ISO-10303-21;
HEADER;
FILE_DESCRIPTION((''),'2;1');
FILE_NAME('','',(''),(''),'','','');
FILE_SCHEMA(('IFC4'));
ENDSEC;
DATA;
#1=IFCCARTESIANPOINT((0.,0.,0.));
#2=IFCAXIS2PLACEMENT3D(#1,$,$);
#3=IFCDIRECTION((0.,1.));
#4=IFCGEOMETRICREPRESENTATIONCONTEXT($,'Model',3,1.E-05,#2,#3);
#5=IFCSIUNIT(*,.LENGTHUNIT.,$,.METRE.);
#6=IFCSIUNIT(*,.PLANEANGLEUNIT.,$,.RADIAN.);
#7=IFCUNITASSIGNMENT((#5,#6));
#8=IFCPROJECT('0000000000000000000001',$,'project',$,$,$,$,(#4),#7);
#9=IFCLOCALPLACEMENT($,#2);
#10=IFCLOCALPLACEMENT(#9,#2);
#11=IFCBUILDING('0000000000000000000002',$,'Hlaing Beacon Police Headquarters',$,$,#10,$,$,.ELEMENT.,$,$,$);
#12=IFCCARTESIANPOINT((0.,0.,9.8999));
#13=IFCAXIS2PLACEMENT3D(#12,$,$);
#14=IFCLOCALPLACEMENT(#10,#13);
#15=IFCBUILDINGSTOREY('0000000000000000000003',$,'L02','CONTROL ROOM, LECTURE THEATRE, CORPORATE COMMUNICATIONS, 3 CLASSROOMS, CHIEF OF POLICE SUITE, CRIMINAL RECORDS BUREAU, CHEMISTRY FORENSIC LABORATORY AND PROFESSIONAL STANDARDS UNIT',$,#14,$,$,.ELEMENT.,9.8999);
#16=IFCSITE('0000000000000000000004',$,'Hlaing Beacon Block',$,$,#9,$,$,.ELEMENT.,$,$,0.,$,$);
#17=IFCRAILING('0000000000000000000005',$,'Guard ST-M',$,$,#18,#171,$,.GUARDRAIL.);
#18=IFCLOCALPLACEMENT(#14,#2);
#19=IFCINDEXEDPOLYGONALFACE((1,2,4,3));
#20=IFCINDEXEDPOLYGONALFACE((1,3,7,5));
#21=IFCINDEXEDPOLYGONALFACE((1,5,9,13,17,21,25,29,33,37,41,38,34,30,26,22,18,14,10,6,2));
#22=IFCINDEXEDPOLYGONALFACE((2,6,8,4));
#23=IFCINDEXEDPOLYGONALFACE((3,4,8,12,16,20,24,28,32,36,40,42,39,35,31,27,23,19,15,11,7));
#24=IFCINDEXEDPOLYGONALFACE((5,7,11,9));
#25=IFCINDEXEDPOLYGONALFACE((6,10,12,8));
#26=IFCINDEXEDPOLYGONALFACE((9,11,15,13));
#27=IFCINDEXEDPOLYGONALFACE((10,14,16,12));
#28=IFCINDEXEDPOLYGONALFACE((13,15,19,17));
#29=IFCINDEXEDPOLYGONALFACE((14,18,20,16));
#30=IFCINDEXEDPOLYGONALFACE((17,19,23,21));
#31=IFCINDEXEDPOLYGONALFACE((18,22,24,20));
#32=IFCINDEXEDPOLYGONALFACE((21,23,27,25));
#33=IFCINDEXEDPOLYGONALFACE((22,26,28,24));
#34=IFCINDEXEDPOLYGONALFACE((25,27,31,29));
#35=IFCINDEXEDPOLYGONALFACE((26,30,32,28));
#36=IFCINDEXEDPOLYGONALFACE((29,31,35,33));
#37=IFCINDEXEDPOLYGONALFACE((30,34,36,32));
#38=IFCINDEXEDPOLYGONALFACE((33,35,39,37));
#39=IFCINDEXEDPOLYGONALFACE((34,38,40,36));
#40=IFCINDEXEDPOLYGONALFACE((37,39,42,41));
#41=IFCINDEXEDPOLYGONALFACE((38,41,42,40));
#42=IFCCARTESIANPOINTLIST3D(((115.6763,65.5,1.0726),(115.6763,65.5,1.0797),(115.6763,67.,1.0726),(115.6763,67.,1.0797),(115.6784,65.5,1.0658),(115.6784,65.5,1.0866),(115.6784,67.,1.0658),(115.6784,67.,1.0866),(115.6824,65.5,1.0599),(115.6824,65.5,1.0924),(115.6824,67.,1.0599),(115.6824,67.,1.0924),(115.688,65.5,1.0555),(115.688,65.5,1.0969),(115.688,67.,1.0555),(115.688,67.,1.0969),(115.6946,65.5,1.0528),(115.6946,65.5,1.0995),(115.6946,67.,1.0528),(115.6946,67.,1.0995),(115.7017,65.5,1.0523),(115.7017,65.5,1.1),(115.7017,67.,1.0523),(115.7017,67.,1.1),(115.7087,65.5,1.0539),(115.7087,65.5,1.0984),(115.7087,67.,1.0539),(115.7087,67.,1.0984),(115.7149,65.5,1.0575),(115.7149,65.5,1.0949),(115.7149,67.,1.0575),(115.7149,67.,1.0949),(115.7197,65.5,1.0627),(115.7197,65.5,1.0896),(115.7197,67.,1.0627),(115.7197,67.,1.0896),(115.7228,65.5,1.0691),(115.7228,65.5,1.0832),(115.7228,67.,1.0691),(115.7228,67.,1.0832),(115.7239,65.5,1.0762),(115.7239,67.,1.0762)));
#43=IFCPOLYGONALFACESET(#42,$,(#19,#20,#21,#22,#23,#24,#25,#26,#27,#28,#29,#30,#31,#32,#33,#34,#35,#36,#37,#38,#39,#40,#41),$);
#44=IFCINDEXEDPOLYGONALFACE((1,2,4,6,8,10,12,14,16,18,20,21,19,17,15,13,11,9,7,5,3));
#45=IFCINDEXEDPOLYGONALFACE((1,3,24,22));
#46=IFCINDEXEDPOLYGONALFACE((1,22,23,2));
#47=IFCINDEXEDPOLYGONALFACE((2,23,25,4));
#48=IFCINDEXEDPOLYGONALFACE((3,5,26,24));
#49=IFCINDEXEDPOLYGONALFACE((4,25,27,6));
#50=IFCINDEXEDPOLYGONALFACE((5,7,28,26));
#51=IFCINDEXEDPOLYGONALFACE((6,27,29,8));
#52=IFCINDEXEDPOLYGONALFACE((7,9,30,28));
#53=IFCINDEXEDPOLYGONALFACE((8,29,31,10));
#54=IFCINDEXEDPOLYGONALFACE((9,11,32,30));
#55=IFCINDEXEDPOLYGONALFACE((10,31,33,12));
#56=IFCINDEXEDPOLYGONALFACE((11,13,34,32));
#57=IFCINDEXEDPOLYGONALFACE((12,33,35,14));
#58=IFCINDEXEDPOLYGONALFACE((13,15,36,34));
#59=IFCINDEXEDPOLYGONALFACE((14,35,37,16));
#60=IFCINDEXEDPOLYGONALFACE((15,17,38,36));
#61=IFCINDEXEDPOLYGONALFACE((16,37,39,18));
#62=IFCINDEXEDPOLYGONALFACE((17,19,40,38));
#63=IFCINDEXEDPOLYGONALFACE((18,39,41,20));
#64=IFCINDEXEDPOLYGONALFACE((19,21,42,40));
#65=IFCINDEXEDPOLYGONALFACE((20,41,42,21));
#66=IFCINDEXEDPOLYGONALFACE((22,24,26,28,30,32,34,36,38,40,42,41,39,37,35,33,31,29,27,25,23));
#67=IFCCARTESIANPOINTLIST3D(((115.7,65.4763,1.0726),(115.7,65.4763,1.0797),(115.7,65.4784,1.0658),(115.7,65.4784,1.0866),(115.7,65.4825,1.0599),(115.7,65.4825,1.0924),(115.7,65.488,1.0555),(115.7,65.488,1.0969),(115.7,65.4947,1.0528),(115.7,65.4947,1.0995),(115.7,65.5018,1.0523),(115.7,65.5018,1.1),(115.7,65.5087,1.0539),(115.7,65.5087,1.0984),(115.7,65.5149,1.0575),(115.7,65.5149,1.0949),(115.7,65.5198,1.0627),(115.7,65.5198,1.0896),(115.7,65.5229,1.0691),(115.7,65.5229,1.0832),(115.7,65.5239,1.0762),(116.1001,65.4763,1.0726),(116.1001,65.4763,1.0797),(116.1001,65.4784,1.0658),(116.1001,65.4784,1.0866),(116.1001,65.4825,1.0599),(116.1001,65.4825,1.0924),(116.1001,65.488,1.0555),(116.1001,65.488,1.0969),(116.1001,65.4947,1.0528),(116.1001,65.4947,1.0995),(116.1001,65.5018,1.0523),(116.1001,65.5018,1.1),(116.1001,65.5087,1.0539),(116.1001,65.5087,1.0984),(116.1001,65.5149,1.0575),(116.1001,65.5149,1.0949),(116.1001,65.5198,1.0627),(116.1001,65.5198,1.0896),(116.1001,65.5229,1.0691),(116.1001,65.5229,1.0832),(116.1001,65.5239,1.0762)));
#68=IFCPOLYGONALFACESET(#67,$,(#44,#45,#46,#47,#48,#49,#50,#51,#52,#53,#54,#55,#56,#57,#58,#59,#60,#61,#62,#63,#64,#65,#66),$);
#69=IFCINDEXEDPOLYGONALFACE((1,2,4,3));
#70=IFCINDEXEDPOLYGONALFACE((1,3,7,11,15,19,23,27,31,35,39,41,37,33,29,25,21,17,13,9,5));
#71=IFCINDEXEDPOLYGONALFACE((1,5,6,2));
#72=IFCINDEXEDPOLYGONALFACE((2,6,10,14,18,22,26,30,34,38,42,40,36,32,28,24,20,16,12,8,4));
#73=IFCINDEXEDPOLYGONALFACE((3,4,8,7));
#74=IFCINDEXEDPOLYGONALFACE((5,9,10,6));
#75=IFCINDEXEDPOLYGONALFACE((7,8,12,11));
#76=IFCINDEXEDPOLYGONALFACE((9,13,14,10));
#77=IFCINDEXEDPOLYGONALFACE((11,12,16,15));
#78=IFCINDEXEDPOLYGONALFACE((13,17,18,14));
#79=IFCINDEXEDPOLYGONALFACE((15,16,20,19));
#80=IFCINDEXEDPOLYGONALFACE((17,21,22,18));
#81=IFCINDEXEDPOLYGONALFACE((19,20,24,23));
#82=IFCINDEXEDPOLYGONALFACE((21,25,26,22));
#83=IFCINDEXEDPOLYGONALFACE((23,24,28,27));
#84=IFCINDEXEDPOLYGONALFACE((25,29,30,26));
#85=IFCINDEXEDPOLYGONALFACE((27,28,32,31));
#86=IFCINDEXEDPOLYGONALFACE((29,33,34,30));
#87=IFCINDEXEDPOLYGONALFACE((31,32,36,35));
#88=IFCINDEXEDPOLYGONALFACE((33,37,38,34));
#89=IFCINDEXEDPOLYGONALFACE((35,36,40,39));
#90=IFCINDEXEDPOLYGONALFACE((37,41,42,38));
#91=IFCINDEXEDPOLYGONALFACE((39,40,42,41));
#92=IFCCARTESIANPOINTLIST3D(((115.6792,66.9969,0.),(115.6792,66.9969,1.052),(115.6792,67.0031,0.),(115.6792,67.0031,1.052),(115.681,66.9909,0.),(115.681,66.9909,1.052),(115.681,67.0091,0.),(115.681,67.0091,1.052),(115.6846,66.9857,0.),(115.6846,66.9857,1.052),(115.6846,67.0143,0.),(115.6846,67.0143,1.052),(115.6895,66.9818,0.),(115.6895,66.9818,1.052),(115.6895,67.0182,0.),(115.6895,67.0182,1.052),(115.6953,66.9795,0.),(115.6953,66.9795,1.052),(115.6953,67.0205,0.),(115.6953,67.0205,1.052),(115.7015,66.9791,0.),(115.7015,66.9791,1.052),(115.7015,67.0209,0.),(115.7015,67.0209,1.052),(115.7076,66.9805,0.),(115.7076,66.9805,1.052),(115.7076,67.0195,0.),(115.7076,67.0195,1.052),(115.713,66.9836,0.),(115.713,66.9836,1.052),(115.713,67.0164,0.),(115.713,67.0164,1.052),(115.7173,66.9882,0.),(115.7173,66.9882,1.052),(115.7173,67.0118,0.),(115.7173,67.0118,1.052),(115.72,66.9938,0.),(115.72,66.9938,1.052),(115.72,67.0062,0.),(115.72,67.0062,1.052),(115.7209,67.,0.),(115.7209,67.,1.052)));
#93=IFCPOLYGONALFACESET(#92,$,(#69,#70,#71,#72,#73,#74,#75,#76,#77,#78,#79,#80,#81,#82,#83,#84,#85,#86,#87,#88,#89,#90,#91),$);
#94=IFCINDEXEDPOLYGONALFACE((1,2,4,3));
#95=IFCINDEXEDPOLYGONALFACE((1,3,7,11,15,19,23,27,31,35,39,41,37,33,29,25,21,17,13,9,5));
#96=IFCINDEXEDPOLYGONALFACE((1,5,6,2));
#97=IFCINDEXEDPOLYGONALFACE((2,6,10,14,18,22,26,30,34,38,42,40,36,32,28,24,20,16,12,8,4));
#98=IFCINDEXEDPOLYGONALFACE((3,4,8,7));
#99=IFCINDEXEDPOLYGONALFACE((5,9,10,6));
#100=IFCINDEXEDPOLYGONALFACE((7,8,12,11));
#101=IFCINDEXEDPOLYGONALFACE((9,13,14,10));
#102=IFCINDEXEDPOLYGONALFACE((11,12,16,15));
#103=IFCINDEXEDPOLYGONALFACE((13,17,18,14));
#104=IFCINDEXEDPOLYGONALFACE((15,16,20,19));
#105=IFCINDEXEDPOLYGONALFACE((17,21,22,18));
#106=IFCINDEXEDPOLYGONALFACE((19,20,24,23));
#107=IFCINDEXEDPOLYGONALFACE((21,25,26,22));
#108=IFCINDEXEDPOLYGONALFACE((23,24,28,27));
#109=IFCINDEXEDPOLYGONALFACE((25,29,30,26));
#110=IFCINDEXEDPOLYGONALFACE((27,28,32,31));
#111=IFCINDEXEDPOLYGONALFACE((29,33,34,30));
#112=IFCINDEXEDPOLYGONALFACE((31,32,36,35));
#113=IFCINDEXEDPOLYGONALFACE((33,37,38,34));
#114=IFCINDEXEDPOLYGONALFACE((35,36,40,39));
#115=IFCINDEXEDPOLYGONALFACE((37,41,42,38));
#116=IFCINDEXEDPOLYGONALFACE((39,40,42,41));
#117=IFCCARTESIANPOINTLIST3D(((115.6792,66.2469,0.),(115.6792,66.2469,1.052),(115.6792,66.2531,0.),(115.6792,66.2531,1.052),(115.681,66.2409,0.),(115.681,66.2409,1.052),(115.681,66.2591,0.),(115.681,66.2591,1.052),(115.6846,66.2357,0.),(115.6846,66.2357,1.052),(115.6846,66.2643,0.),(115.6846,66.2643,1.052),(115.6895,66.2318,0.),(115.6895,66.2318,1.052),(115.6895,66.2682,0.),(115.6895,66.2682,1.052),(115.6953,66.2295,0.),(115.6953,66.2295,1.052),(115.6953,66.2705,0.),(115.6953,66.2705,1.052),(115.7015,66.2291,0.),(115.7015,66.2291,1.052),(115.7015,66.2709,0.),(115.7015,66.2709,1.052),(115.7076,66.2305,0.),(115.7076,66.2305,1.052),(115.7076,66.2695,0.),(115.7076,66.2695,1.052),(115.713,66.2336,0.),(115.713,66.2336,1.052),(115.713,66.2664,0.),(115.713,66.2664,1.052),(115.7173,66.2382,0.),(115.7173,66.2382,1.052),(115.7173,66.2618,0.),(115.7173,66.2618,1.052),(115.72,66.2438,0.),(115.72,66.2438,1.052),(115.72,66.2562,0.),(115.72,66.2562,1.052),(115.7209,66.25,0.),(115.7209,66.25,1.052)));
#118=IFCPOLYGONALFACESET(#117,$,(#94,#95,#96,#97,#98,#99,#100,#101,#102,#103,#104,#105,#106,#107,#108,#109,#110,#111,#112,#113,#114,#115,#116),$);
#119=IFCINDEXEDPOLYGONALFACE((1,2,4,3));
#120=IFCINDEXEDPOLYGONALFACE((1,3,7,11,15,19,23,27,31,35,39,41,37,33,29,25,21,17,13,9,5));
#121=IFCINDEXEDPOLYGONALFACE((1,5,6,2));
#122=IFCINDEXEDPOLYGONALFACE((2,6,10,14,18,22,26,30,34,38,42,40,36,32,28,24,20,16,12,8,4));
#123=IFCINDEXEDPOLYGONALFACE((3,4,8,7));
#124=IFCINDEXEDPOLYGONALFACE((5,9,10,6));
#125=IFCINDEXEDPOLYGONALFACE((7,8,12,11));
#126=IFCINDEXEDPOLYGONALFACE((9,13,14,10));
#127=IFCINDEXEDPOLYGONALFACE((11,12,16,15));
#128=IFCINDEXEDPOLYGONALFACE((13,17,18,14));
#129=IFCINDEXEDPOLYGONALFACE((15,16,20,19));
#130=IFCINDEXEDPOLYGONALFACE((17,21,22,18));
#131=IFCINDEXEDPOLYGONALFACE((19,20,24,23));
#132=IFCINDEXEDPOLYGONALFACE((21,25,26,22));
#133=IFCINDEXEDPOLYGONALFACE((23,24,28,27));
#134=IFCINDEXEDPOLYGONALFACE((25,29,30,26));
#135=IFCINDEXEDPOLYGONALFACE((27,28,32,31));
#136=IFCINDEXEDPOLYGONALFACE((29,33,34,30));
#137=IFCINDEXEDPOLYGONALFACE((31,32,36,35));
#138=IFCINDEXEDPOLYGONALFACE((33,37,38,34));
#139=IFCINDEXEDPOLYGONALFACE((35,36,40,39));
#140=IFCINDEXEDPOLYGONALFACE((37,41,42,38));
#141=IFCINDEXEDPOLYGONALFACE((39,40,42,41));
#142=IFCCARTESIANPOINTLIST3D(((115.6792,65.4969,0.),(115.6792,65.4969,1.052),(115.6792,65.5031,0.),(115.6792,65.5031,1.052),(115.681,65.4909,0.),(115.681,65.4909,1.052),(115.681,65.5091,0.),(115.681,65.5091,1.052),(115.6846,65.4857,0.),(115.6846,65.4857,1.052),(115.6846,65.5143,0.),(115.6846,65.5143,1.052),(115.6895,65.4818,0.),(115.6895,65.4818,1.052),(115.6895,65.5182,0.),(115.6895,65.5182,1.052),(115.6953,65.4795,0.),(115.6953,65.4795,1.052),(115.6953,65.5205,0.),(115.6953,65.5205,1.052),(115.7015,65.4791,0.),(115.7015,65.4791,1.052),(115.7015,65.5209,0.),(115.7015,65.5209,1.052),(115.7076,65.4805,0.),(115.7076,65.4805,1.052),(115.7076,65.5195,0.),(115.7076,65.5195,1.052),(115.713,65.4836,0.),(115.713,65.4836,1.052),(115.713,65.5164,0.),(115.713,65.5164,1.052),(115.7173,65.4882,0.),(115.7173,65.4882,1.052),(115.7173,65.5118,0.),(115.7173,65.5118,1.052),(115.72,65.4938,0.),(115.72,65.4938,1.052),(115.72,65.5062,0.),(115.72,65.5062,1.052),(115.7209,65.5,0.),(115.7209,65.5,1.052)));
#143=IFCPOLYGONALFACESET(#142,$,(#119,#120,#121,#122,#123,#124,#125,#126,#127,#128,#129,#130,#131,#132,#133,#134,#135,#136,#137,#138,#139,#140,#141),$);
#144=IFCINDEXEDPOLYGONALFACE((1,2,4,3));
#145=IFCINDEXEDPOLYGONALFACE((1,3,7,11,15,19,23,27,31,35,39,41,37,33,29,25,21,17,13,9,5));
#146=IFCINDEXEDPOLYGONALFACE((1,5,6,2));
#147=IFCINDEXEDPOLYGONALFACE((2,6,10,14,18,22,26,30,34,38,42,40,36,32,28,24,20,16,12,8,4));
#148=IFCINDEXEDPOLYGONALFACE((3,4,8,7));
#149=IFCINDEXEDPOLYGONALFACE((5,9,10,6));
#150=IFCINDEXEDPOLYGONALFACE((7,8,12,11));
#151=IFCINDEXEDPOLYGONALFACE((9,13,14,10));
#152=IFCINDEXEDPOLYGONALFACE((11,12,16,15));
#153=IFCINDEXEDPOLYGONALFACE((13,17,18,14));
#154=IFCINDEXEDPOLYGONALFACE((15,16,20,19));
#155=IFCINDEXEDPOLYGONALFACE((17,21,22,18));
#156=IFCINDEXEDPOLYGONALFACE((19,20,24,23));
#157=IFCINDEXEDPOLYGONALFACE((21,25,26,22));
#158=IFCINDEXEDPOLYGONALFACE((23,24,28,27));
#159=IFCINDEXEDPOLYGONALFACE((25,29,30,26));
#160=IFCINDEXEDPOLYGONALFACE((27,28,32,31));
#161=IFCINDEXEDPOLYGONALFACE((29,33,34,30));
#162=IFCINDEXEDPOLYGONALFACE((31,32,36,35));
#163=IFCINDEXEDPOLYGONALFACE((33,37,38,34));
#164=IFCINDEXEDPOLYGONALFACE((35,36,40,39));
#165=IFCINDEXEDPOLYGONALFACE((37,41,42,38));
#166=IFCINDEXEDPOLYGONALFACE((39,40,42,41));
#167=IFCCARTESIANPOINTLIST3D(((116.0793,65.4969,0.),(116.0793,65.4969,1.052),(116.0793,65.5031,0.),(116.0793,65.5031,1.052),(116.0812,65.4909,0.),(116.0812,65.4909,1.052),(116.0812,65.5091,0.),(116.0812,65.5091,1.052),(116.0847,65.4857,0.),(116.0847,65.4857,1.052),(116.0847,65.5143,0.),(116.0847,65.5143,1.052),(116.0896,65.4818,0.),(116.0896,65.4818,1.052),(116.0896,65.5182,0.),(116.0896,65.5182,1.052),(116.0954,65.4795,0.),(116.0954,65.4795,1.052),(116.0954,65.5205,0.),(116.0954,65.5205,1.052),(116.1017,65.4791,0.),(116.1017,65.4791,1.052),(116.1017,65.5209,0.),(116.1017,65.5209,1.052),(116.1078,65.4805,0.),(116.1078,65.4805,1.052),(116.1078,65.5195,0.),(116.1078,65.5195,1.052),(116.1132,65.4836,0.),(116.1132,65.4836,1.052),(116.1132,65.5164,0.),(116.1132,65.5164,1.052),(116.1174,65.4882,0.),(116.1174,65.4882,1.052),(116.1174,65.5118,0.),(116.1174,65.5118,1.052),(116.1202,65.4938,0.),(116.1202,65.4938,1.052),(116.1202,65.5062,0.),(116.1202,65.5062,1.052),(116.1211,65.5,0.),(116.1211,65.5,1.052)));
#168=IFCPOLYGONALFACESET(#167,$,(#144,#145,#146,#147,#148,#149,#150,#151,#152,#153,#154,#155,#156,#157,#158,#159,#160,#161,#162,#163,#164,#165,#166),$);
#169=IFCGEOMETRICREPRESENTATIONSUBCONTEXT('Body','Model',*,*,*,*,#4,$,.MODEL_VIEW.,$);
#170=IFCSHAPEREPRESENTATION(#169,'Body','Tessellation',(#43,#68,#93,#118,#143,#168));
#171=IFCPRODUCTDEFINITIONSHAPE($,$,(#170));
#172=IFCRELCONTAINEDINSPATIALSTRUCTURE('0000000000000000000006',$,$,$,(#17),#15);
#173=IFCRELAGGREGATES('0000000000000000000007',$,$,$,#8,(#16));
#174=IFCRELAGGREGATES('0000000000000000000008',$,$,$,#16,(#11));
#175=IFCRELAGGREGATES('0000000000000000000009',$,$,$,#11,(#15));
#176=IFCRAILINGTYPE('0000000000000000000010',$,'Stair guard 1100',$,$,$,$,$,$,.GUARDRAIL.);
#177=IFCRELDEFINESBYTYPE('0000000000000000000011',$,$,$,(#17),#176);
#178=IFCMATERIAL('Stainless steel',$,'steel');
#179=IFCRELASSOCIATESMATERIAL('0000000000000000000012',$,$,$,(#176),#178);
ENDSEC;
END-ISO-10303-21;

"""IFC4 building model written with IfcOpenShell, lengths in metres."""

from ifc_helpers import new_model, si_unit, direction, frame, origin, origin_2d, place, context, subcontext, project, spatial, circle, extrude, material, type_object, element, save


model = new_model("IFC4")

# Units and contexts
model_context = context("Model", 3, precision=1e-05, world=origin(), true_north=direction((0.0, 1.0)))
body_context = subcontext(model_context, "Body", "Model", "MODEL_VIEW")
ifc_project = project(units=[si_unit("LENGTHUNIT", "METRE"), si_unit("PLANEANGLEUNIT", "RADIAN")], contexts=[model_context])

# Site, building, storey
site_placement = place(None, origin())
site = spatial("IfcSite", under=ifc_project, at=site_placement, Name="Hlaing Beacon Block", CompositionType="ELEMENT", RefElevation=0.0)
building_placement = place(site_placement, origin())
building = spatial("IfcBuilding", under=site, at=building_placement, Name="Hlaing Beacon Police Headquarters", CompositionType="ELEMENT")
storey_placement = place(building_placement, frame((0.0, 0.0, 9.8999)))
storey = spatial("IfcBuildingStorey", under=building, at=storey_placement, Name="L02", Description="CONTROL ROOM, LECTURE THEATRE, CORPORATE COMMUNICATIONS, 3 CLASSROOMS, CHIEF OF POLICE SUITE, CRIMINAL RECORDS BUREAU, CHEMISTRY FORENSIC LABORATORY AND PROFESSIONAL STANDARDS UNIT", CompositionType="ELEMENT", Elevation=9.8999)

# Railing
ifc_material_1 = material(Name="Stainless steel", Category="steel")
railing_type_1 = type_object("IfcRailingType", Name="Stair guard 1100", PredefinedType="GUARDRAIL", material=ifc_material_1)
railing_placement = place(storey_placement, frame((115.7, 67.0, 0.0)))
element("IfcRailing", 1, at=railing_placement, inside=storey, type_object=railing_type_1, Name="Guard ST-M", PredefinedType="GUARDRAIL", context=body_context, shape_type="SweptSolid", body=[
    extrude(circle(Radius=0.0239, at=origin_2d()), frame((0.0, 0.0, 1.0762), z_axis=(0.0, -1.0, 0.0), x_axis=(1.0, 0.0, 0.0)), (0.0, 0.0, 1.0), 1.5),
    extrude(circle(Radius=0.0239, at=origin_2d()), frame((0.0, -1.5, 1.0762), z_axis=(1.0, 0.0, 0.0), x_axis=(0.0, 1.0, 0.0)), (0.0, 0.0, 1.0), 0.4001),
    extrude(circle(Radius=0.021, at=origin_2d()), origin(), (0.0, 0.0, 1.0), 1.052),
    extrude(circle(Radius=0.021, at=origin_2d()), frame((0.0, -0.75, 0.0)), (0.0, 0.0, 1.0), 1.052),
    extrude(circle(Radius=0.021, at=origin_2d()), frame((0.0, -1.5, 0.0)), (0.0, 0.0, 1.0), 1.052),
    extrude(circle(Radius=0.021, at=origin_2d()), frame((0.4001, -1.5, 0.0)), (0.0, 0.0, 1.0), 1.052),
])

save(model, "model.ifc")
